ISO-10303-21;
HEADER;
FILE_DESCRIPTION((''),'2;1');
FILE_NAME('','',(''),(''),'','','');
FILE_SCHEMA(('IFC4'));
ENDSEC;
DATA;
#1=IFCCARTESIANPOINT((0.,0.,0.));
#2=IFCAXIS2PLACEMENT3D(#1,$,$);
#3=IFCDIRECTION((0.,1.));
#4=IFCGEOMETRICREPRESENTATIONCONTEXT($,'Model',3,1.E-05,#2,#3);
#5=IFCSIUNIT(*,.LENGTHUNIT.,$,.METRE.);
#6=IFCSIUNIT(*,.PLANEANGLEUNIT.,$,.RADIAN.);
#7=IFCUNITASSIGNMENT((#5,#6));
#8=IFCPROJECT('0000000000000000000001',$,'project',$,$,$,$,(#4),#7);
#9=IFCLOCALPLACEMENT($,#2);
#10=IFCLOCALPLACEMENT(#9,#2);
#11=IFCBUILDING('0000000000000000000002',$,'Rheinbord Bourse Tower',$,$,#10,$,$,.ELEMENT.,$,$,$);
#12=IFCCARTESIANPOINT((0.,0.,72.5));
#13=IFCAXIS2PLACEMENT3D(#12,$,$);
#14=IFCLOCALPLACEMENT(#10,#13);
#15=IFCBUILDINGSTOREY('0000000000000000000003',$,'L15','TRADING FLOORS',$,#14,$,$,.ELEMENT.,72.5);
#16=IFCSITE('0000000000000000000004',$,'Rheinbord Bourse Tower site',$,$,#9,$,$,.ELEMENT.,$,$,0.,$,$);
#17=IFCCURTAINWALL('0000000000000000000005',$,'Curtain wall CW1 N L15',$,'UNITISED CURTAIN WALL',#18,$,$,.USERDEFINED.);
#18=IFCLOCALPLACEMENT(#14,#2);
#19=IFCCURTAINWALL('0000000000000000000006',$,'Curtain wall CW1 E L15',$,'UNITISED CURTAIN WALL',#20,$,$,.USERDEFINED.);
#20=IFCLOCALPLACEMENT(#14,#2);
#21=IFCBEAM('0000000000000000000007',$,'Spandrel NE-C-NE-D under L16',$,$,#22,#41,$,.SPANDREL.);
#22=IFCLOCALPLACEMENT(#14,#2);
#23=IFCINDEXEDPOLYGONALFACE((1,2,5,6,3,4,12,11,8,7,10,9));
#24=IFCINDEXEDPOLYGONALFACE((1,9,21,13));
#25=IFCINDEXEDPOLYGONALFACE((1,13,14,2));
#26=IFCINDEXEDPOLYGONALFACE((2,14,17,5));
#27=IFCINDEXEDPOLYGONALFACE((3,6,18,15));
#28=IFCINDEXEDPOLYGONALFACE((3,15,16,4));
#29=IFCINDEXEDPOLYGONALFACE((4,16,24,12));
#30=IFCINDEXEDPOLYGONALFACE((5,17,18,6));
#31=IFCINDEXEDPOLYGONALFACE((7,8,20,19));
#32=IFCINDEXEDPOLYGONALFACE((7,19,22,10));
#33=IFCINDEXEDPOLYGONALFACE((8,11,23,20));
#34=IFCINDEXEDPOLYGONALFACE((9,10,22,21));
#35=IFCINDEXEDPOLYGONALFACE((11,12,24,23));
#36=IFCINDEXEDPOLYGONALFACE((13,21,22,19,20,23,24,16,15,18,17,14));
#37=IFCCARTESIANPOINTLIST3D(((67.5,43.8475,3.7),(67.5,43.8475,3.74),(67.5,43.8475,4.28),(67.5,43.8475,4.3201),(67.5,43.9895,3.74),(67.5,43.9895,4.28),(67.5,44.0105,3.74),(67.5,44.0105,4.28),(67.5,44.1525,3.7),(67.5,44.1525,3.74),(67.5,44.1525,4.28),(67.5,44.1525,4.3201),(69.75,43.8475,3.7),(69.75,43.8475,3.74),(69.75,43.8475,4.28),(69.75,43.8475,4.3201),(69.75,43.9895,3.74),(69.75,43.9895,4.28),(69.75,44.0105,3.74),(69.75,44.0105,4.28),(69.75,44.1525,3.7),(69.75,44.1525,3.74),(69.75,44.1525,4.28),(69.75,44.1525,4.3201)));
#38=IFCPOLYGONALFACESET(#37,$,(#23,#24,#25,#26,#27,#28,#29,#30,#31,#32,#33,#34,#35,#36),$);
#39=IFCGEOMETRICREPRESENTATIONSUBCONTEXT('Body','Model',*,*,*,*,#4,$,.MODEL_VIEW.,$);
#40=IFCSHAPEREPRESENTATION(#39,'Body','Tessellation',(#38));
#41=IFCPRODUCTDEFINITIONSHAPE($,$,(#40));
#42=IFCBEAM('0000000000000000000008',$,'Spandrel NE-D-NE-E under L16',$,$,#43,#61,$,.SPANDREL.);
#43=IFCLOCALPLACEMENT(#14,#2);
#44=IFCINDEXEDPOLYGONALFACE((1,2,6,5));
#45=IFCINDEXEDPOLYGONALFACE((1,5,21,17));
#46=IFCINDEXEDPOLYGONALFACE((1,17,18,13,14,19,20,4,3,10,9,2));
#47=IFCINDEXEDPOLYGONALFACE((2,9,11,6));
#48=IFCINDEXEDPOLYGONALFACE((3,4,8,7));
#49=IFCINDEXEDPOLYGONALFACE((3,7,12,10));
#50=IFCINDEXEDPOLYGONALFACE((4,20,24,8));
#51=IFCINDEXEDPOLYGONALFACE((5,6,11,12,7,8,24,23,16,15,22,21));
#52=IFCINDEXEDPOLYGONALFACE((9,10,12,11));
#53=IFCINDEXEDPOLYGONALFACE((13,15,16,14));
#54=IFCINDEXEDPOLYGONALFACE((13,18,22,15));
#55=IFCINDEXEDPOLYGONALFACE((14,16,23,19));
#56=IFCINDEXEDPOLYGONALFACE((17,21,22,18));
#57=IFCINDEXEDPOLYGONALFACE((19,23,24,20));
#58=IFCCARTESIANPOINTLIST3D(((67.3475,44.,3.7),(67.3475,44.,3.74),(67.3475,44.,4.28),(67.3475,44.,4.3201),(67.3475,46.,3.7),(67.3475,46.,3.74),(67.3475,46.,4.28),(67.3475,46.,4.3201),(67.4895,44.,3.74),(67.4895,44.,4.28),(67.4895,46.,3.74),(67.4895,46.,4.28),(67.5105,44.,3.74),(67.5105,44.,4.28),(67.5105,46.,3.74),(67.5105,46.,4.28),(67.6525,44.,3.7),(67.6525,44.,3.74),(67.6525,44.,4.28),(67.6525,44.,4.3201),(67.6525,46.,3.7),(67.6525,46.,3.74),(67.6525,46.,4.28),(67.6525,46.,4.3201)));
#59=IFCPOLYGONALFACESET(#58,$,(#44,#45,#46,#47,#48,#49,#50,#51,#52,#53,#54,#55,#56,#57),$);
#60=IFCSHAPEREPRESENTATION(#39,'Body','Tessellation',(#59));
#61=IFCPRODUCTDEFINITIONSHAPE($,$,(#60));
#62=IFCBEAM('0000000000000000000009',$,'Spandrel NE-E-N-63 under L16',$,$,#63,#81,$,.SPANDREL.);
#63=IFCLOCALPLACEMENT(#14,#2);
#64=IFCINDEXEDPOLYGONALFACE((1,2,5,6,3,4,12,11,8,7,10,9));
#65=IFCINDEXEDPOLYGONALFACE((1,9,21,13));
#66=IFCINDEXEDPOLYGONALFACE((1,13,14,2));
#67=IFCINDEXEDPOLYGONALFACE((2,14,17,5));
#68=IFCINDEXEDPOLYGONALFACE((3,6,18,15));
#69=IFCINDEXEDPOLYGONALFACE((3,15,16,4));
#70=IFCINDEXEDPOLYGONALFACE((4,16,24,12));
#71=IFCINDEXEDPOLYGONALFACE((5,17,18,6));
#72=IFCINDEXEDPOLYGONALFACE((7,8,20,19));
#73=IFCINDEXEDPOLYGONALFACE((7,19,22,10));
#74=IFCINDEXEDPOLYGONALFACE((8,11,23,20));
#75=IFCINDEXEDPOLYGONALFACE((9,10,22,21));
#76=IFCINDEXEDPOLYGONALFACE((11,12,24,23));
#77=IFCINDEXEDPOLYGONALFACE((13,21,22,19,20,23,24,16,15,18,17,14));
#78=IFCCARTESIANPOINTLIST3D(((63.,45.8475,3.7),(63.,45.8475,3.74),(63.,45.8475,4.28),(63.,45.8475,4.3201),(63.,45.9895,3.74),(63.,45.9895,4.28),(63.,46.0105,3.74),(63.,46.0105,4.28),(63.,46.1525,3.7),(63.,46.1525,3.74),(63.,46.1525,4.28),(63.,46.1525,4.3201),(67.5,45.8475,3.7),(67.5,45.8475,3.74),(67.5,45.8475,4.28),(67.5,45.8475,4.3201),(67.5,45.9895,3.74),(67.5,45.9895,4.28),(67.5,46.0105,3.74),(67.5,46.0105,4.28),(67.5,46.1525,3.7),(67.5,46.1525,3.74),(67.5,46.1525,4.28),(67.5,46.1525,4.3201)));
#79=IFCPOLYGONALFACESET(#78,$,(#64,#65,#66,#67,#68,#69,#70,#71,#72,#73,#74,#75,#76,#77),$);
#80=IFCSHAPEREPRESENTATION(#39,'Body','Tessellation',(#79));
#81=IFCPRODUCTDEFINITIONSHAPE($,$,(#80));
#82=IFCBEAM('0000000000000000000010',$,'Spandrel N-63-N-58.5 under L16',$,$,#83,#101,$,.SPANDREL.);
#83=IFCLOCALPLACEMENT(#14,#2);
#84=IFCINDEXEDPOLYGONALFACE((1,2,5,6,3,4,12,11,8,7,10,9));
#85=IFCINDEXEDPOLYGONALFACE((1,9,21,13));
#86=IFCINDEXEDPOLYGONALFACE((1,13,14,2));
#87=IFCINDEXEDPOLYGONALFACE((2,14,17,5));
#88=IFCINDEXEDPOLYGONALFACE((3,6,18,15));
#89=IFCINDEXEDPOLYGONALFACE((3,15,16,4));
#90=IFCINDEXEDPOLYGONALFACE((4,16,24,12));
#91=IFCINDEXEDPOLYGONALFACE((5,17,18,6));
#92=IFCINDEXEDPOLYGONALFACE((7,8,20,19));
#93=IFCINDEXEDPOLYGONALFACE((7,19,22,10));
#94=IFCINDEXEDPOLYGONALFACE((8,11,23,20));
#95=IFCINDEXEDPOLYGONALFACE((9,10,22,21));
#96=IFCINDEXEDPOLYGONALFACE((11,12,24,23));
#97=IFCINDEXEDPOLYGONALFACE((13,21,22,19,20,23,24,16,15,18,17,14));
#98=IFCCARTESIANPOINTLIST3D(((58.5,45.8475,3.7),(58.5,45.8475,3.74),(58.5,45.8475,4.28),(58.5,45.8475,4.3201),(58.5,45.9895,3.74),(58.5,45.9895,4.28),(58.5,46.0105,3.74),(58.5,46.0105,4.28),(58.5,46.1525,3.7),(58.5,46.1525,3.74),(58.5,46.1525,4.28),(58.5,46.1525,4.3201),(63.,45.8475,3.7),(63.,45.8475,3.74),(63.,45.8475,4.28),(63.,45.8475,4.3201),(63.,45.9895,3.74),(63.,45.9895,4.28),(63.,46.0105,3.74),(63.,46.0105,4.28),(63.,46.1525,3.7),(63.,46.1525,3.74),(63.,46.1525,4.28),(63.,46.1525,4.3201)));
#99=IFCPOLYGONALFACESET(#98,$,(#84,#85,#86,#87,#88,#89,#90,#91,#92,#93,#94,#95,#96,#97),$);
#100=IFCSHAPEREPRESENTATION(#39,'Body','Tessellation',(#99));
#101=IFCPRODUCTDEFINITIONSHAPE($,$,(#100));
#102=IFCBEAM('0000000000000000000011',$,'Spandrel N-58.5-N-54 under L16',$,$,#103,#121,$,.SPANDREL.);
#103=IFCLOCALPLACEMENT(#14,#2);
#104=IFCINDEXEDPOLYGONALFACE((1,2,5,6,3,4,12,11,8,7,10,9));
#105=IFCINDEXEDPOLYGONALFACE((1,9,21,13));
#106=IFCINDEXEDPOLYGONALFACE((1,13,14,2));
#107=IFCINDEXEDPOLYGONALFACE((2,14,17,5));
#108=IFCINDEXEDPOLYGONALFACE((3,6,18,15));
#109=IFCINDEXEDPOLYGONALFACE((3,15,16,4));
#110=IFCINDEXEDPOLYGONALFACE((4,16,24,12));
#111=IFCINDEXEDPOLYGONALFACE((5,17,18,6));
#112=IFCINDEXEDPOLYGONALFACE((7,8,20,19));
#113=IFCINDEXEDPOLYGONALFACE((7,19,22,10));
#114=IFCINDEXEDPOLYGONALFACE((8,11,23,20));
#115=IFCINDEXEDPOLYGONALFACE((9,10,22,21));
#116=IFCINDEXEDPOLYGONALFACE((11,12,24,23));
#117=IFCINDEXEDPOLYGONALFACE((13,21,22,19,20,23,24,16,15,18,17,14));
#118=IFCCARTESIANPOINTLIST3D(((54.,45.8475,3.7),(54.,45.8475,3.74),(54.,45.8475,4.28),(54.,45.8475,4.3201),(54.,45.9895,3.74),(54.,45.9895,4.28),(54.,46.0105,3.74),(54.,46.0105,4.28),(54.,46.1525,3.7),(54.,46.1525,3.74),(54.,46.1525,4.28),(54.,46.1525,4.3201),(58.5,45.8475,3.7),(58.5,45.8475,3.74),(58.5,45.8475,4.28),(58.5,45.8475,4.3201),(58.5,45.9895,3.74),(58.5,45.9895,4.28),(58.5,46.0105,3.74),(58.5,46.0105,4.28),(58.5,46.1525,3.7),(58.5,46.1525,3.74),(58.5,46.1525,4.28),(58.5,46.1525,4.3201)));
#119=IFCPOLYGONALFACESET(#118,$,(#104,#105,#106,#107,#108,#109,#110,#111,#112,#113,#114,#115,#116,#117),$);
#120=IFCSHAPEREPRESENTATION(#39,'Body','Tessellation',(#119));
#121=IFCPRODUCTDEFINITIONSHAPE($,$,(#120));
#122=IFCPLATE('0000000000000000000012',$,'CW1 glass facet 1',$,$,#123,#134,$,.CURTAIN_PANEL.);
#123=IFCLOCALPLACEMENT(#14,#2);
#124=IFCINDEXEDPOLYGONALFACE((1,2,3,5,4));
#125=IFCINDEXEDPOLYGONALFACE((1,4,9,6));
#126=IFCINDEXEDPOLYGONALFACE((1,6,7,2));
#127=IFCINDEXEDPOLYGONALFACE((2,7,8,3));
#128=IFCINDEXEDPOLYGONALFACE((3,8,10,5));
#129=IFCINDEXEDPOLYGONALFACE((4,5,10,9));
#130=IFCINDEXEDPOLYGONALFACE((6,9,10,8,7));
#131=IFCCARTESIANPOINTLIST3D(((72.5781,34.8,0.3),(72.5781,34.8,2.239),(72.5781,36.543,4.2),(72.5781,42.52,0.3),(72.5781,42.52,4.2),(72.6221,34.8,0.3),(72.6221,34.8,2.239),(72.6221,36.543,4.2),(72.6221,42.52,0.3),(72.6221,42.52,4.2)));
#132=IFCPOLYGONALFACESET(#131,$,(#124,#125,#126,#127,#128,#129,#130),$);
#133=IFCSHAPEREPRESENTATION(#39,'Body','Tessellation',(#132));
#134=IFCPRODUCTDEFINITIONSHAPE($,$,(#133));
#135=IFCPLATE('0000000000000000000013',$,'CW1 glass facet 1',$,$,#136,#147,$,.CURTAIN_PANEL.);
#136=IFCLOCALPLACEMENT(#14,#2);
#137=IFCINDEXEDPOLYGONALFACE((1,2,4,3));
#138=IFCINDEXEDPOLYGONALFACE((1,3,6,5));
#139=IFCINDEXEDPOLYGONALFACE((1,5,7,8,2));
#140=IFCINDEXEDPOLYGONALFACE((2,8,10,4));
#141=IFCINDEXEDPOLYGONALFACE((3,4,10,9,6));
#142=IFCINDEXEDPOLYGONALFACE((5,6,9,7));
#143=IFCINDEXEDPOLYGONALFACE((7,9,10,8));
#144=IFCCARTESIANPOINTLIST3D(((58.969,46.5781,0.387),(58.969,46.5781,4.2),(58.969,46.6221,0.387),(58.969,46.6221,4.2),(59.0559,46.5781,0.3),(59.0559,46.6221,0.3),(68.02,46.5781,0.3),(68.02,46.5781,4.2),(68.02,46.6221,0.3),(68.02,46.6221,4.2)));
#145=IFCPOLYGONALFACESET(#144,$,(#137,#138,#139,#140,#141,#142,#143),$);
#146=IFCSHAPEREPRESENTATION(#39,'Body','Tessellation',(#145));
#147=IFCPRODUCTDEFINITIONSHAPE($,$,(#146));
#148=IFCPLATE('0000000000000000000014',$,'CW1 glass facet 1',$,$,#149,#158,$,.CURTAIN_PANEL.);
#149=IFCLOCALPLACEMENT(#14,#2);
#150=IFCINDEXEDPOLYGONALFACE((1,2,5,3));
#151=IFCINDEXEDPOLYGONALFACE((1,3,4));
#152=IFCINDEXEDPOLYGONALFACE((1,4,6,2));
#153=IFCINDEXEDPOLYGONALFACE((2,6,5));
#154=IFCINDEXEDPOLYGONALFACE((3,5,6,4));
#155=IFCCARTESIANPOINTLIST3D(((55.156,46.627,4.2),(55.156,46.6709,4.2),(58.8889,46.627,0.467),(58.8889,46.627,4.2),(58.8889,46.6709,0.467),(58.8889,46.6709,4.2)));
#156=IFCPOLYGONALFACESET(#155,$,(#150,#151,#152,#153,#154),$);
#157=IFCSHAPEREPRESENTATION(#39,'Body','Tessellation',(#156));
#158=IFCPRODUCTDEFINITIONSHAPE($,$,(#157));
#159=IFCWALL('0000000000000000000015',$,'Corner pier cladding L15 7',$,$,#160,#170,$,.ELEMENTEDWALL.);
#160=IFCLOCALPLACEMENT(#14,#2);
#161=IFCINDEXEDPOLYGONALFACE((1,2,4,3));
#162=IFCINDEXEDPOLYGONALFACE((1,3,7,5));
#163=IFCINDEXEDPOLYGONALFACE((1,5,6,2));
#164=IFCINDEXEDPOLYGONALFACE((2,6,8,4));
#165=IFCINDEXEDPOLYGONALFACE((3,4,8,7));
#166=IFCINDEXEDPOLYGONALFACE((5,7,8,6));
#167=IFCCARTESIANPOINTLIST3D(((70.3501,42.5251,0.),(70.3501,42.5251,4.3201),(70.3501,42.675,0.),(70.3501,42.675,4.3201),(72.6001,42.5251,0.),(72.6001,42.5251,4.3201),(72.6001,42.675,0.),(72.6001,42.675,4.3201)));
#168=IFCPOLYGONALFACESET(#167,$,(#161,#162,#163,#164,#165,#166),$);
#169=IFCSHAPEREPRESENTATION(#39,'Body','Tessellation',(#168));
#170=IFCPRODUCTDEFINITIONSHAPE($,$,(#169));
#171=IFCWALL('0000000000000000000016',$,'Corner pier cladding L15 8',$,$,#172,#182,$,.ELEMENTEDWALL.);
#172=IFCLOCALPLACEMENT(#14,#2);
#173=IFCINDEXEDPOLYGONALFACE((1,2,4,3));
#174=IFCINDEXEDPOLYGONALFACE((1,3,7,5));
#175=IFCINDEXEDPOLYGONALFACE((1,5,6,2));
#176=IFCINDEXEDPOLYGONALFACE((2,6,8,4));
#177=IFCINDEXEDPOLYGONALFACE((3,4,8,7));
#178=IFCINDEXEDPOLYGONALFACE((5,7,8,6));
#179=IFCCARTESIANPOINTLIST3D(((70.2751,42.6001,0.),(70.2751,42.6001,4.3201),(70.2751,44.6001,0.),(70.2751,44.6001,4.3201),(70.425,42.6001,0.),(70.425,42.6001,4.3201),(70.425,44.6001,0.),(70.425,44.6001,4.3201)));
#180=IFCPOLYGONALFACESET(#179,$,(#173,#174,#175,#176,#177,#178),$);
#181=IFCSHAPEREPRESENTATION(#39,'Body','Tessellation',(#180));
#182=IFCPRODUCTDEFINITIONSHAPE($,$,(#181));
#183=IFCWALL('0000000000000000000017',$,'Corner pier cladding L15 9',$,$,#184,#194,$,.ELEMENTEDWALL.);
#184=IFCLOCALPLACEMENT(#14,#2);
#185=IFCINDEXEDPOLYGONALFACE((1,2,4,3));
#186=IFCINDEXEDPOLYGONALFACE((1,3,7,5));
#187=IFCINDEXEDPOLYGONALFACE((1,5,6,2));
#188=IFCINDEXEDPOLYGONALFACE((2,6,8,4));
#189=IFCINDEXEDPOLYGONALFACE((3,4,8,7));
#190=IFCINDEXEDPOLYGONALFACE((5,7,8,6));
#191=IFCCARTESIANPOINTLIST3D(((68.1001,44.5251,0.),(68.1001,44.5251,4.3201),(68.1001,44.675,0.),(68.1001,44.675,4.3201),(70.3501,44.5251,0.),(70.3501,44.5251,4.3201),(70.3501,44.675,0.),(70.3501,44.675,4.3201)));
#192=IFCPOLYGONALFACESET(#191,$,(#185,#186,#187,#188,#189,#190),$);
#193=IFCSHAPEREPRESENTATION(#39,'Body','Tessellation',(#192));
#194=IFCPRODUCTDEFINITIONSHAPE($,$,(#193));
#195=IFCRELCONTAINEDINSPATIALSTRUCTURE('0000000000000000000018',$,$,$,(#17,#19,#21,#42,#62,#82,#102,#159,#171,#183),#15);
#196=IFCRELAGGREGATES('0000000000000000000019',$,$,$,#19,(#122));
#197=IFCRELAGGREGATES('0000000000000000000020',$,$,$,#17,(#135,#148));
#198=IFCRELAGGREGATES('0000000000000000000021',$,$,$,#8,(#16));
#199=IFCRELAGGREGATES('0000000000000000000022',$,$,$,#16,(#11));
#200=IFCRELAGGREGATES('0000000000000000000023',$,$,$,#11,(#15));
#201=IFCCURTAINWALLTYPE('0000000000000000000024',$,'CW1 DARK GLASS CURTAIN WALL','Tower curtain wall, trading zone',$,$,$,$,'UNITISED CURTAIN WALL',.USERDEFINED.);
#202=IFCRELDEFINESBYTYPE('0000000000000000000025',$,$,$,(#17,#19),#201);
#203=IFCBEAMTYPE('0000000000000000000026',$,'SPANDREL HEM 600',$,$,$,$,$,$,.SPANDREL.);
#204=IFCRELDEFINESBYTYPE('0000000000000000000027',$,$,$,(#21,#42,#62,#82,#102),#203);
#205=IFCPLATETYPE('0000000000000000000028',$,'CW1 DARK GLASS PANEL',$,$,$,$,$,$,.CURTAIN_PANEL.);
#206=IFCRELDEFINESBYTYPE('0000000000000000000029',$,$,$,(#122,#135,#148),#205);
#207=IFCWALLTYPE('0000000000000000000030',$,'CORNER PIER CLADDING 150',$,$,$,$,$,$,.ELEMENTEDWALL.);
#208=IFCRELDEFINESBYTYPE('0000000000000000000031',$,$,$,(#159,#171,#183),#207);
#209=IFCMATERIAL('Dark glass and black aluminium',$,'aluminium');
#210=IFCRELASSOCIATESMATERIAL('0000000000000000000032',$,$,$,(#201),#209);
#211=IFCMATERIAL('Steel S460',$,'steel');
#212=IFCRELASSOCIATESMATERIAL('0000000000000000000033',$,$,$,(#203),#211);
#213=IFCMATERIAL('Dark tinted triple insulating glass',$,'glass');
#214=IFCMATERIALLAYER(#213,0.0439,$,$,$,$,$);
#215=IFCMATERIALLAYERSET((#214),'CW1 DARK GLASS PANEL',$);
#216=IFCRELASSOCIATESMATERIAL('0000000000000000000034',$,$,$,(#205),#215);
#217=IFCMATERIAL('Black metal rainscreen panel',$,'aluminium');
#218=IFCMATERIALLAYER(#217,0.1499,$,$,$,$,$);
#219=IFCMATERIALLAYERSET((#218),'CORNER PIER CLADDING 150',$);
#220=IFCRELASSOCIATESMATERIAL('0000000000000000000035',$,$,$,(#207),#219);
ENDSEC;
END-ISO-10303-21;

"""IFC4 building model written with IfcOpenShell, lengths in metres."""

from ifc_helpers import new_model, si_unit, direction, frame, frame_2d, origin, origin_2d, place, context, subcontext, project, spatial, polyline, rectangle, i_section, outline, extrude, material, layer, layer_set, material_profile, profile_set, type_object, element, aggregate, save


model = new_model("IFC4")

# Units and contexts
model_context = context("Model", 3, precision=1e-05, world=origin(), true_north=direction((0.0, 1.0)))
body_context = subcontext(model_context, "Body", "Model", "MODEL_VIEW")
ifc_project = project(units=[si_unit("LENGTHUNIT", "METRE"), si_unit("PLANEANGLEUNIT", "RADIAN")], contexts=[model_context])

# Site, building, storey
site_placement = place(None, origin())
site = spatial("IfcSite", under=ifc_project, at=site_placement, Name="Rheinbord Bourse Tower site", CompositionType="ELEMENT", RefElevation=0.0)
building_placement = place(site_placement, origin())
building = spatial("IfcBuilding", under=site, at=building_placement, Name="Rheinbord Bourse Tower", CompositionType="ELEMENT")
storey_placement = place(building_placement, frame((0.0, 0.0, 72.5)))
storey = spatial("IfcBuildingStorey", under=building, at=storey_placement, Name="L15", Description="TRADING FLOORS", CompositionType="ELEMENT", Elevation=72.5)

# Curtain walls
ifc_material_1 = material(Name="Dark glass and black aluminium", Category="aluminium")
curtain_wall_type = type_object("IfcCurtainWallType", Name="CW1 DARK GLASS CURTAIN WALL", Description="Tower curtain wall, trading zone", ElementType="UNITISED CURTAIN WALL", PredefinedType="USERDEFINED", material=ifc_material_1)
curtain_wall_1_placement = place(storey_placement, origin())
curtain_wall_1 = element("IfcCurtainWall", 1, at=curtain_wall_1_placement, inside=storey, type_object=curtain_wall_type, Name="Curtain wall CW1 N L15", ObjectType="UNITISED CURTAIN WALL", PredefinedType="USERDEFINED")
curtain_wall_2_placement = place(storey_placement, origin())
curtain_wall_2 = element("IfcCurtainWall", 2, at=curtain_wall_2_placement, inside=storey, type_object=curtain_wall_type, Name="Curtain wall CW1 E L15", ObjectType="UNITISED CURTAIN WALL", PredefinedType="USERDEFINED")

# Beams
ifc_material_2 = material(Name="Steel S460", Category="steel")
ifc_material_profile_1 = material_profile(ifc_material_2, i_section(OverallWidth=0.3049, OverallDepth=0.6201, WebThickness=0.021, FlangeThickness=0.04, at=origin_2d()), Name="HEM 600")
ifc_profile_set_1 = profile_set([ifc_material_profile_1], Name="Steel S460")
beam_type_1 = type_object("IfcBeamType", Name="SPANDREL HEM 600", PredefinedType="SPANDREL", material=ifc_profile_set_1)
for number, where, z_axis, x_axis, name in (
    (3, (69.75, 44.0, 4.01), (-1.0, 0.0, 0.0), (0.0, -1.0, 0.0), "Spandrel NE-C-NE-D under L16"),
):
    element("IfcBeam", number, at=place(storey_placement, frame(where, z_axis=z_axis, x_axis=x_axis)), inside=storey, type_object=beam_type_1, Name=name, PredefinedType="SPANDREL", context=body_context, shape_type="SweptSolid", body=[
        extrude(i_section(OverallWidth=0.3049, OverallDepth=0.6201, WebThickness=0.021, FlangeThickness=0.04, at=origin_2d()), origin(), (0.0, 0.0, 1.0), 2.25),
    ])
beam_placement = place(storey_placement, frame((67.5, 44.0, 4.01), z_axis=(0.0, 1.0, 0.0), x_axis=(-1.0, 0.0, 0.0)))
element("IfcBeam", 4, at=beam_placement, inside=storey, type_object=beam_type_1, Name="Spandrel NE-D-NE-E under L16", PredefinedType="SPANDREL", context=body_context, shape_type="SweptSolid", body=[
    extrude(i_section(OverallWidth=0.3049, OverallDepth=0.6201, WebThickness=0.021, FlangeThickness=0.04, at=origin_2d()), origin(), (0.0, 0.0, 1.0), 2.0),
])
for number, where, z_axis, x_axis, name in (
    (5, (67.5, 46.0, 4.01), (-1.0, 0.0, 0.0), (0.0, -1.0, 0.0), "Spandrel NE-E-N-63 under L16"),
    (6, (63.0, 46.0, 4.01), (-1.0, 0.0, 0.0), (0.0, -1.0, 0.0), "Spandrel N-63-N-58.5 under L16"),
    (7, (58.5, 46.0, 4.01), (-1.0, 0.0, 0.0), (0.0, -1.0, 0.0), "Spandrel N-58.5-N-54 under L16"),
):
    element("IfcBeam", number, at=place(storey_placement, frame(where, z_axis=z_axis, x_axis=x_axis)), inside=storey, type_object=beam_type_1, Name=name, PredefinedType="SPANDREL", context=body_context, shape_type="SweptSolid", body=[
        extrude(i_section(OverallWidth=0.3049, OverallDepth=0.6201, WebThickness=0.021, FlangeThickness=0.04, at=origin_2d()), origin(), (0.0, 0.0, 1.0), 4.5),
    ])

# Plates
ifc_material_3 = material(Name="Dark tinted triple insulating glass", Category="glass")
ifc_layer_1 = layer(ifc_material_3, 0.0439)
ifc_layer_set_1 = layer_set([ifc_layer_1], Name="CW1 DARK GLASS PANEL")
plate_type = type_object("IfcPlateType", Name="CW1 DARK GLASS PANEL", PredefinedType="CURTAIN_PANEL", material=ifc_layer_set_1)
plate_1_placement = place(storey_placement, frame((72.6221, 42.52, 4.2), z_axis=(-1.0, 0.0, 0.0), x_axis=(0.0, 0.0, -1.0)))
plate_1 = element("IfcPlate", 8, at=plate_1_placement, type_object=plate_type, Name="CW1 glass facet 1", PredefinedType="CURTAIN_PANEL", context=body_context, shape_type="SweptSolid", body=[
    extrude(outline(polyline([(0.0, 0.0), (3.8999, 0.0), (3.8999, 7.72), (1.9609, 7.72), (0.0, 5.9771), (0.0, 0.0)])), origin(), (0.0, 0.0, 1.0), 0.0439),
])
aggregate(curtain_wall_2, [plate_1])
plate_2_placement = place(storey_placement, frame((68.02, 46.6221, 0.3), z_axis=(0.0, -1.0, 0.0), x_axis=(0.0, 0.0, 1.0)))
plate_2 = element("IfcPlate", 9, at=plate_2_placement, type_object=plate_type, Name="CW1 glass facet 1", PredefinedType="CURTAIN_PANEL", context=body_context, shape_type="SweptSolid", body=[
    extrude(outline(polyline([(0.0, 0.0), (3.8999, 0.0), (3.8999, 9.051), (0.0869, 9.051), (0.0, 8.9641), (0.0, 0.0)])), origin(), (0.0, 0.0, 1.0), 0.0439),
])
plate_3_placement = place(storey_placement, frame((58.8889, 46.6709, 4.2), z_axis=(0.0, -1.0, 0.0), x_axis=(-1.0, 0.0, 0.0)))
plate_3 = element("IfcPlate", 10, at=plate_3_placement, type_object=plate_type, Name="CW1 glass facet 1", PredefinedType="CURTAIN_PANEL", context=body_context, shape_type="SweptSolid", body=[
    extrude(outline(polyline([(0.0, 0.0), (3.7329, 0.0), (0.0, 3.7329), (0.0, 0.0)])), origin(), (0.0, 0.0, 1.0), 0.0439),
])
aggregate(curtain_wall_1, [plate_2, plate_3])

# Walls
ifc_material_4 = material(Name="Black metal rainscreen panel", Category="aluminium")
ifc_layer_2 = layer(ifc_material_4, 0.1499)
ifc_layer_set_2 = layer_set([ifc_layer_2], Name="CORNER PIER CLADDING 150")
wall_type = type_object("IfcWallType", Name="CORNER PIER CLADDING 150", PredefinedType="ELEMENTEDWALL", material=ifc_layer_set_2)
wall_1_placement = place(storey_placement, frame((72.6001, 42.6001, 0.0), z_axis=(0.0, 0.0, 1.0), x_axis=(-1.0, 0.0, 0.0)))
element("IfcWall", 11, at=wall_1_placement, inside=storey, type_object=wall_type, Name="Corner pier cladding L15 7", PredefinedType="ELEMENTEDWALL", context=body_context, shape_type="SweptSolid", body=[
    extrude(rectangle(XDim=2.25, YDim=0.1499, at=frame_2d((1.125, 0.0))), origin(), (0.0, 0.0, 1.0), 4.3201),
])
wall_2_placement = place(storey_placement, frame((70.3501, 42.6001, 0.0), z_axis=(0.0, 0.0, 1.0), x_axis=(0.0, 1.0, 0.0)))
element("IfcWall", 12, at=wall_2_placement, inside=storey, type_object=wall_type, Name="Corner pier cladding L15 8", PredefinedType="ELEMENTEDWALL", context=body_context, shape_type="SweptSolid", body=[
    extrude(rectangle(XDim=2.0, YDim=0.1499, at=frame_2d((1.0, 0.0))), origin(), (0.0, 0.0, 1.0), 4.3201),
])
wall_3_placement = place(storey_placement, frame((70.3501, 44.6001, 0.0), z_axis=(0.0, 0.0, 1.0), x_axis=(-1.0, 0.0, 0.0)))
element("IfcWall", 13, at=wall_3_placement, inside=storey, type_object=wall_type, Name="Corner pier cladding L15 9", PredefinedType="ELEMENTEDWALL", context=body_context, shape_type="SweptSolid", body=[
    extrude(rectangle(XDim=2.25, YDim=0.1499, at=frame_2d((1.125, 0.0))), origin(), (0.0, 0.0, 1.0), 4.3201),
])

save(model, "model.ifc")
